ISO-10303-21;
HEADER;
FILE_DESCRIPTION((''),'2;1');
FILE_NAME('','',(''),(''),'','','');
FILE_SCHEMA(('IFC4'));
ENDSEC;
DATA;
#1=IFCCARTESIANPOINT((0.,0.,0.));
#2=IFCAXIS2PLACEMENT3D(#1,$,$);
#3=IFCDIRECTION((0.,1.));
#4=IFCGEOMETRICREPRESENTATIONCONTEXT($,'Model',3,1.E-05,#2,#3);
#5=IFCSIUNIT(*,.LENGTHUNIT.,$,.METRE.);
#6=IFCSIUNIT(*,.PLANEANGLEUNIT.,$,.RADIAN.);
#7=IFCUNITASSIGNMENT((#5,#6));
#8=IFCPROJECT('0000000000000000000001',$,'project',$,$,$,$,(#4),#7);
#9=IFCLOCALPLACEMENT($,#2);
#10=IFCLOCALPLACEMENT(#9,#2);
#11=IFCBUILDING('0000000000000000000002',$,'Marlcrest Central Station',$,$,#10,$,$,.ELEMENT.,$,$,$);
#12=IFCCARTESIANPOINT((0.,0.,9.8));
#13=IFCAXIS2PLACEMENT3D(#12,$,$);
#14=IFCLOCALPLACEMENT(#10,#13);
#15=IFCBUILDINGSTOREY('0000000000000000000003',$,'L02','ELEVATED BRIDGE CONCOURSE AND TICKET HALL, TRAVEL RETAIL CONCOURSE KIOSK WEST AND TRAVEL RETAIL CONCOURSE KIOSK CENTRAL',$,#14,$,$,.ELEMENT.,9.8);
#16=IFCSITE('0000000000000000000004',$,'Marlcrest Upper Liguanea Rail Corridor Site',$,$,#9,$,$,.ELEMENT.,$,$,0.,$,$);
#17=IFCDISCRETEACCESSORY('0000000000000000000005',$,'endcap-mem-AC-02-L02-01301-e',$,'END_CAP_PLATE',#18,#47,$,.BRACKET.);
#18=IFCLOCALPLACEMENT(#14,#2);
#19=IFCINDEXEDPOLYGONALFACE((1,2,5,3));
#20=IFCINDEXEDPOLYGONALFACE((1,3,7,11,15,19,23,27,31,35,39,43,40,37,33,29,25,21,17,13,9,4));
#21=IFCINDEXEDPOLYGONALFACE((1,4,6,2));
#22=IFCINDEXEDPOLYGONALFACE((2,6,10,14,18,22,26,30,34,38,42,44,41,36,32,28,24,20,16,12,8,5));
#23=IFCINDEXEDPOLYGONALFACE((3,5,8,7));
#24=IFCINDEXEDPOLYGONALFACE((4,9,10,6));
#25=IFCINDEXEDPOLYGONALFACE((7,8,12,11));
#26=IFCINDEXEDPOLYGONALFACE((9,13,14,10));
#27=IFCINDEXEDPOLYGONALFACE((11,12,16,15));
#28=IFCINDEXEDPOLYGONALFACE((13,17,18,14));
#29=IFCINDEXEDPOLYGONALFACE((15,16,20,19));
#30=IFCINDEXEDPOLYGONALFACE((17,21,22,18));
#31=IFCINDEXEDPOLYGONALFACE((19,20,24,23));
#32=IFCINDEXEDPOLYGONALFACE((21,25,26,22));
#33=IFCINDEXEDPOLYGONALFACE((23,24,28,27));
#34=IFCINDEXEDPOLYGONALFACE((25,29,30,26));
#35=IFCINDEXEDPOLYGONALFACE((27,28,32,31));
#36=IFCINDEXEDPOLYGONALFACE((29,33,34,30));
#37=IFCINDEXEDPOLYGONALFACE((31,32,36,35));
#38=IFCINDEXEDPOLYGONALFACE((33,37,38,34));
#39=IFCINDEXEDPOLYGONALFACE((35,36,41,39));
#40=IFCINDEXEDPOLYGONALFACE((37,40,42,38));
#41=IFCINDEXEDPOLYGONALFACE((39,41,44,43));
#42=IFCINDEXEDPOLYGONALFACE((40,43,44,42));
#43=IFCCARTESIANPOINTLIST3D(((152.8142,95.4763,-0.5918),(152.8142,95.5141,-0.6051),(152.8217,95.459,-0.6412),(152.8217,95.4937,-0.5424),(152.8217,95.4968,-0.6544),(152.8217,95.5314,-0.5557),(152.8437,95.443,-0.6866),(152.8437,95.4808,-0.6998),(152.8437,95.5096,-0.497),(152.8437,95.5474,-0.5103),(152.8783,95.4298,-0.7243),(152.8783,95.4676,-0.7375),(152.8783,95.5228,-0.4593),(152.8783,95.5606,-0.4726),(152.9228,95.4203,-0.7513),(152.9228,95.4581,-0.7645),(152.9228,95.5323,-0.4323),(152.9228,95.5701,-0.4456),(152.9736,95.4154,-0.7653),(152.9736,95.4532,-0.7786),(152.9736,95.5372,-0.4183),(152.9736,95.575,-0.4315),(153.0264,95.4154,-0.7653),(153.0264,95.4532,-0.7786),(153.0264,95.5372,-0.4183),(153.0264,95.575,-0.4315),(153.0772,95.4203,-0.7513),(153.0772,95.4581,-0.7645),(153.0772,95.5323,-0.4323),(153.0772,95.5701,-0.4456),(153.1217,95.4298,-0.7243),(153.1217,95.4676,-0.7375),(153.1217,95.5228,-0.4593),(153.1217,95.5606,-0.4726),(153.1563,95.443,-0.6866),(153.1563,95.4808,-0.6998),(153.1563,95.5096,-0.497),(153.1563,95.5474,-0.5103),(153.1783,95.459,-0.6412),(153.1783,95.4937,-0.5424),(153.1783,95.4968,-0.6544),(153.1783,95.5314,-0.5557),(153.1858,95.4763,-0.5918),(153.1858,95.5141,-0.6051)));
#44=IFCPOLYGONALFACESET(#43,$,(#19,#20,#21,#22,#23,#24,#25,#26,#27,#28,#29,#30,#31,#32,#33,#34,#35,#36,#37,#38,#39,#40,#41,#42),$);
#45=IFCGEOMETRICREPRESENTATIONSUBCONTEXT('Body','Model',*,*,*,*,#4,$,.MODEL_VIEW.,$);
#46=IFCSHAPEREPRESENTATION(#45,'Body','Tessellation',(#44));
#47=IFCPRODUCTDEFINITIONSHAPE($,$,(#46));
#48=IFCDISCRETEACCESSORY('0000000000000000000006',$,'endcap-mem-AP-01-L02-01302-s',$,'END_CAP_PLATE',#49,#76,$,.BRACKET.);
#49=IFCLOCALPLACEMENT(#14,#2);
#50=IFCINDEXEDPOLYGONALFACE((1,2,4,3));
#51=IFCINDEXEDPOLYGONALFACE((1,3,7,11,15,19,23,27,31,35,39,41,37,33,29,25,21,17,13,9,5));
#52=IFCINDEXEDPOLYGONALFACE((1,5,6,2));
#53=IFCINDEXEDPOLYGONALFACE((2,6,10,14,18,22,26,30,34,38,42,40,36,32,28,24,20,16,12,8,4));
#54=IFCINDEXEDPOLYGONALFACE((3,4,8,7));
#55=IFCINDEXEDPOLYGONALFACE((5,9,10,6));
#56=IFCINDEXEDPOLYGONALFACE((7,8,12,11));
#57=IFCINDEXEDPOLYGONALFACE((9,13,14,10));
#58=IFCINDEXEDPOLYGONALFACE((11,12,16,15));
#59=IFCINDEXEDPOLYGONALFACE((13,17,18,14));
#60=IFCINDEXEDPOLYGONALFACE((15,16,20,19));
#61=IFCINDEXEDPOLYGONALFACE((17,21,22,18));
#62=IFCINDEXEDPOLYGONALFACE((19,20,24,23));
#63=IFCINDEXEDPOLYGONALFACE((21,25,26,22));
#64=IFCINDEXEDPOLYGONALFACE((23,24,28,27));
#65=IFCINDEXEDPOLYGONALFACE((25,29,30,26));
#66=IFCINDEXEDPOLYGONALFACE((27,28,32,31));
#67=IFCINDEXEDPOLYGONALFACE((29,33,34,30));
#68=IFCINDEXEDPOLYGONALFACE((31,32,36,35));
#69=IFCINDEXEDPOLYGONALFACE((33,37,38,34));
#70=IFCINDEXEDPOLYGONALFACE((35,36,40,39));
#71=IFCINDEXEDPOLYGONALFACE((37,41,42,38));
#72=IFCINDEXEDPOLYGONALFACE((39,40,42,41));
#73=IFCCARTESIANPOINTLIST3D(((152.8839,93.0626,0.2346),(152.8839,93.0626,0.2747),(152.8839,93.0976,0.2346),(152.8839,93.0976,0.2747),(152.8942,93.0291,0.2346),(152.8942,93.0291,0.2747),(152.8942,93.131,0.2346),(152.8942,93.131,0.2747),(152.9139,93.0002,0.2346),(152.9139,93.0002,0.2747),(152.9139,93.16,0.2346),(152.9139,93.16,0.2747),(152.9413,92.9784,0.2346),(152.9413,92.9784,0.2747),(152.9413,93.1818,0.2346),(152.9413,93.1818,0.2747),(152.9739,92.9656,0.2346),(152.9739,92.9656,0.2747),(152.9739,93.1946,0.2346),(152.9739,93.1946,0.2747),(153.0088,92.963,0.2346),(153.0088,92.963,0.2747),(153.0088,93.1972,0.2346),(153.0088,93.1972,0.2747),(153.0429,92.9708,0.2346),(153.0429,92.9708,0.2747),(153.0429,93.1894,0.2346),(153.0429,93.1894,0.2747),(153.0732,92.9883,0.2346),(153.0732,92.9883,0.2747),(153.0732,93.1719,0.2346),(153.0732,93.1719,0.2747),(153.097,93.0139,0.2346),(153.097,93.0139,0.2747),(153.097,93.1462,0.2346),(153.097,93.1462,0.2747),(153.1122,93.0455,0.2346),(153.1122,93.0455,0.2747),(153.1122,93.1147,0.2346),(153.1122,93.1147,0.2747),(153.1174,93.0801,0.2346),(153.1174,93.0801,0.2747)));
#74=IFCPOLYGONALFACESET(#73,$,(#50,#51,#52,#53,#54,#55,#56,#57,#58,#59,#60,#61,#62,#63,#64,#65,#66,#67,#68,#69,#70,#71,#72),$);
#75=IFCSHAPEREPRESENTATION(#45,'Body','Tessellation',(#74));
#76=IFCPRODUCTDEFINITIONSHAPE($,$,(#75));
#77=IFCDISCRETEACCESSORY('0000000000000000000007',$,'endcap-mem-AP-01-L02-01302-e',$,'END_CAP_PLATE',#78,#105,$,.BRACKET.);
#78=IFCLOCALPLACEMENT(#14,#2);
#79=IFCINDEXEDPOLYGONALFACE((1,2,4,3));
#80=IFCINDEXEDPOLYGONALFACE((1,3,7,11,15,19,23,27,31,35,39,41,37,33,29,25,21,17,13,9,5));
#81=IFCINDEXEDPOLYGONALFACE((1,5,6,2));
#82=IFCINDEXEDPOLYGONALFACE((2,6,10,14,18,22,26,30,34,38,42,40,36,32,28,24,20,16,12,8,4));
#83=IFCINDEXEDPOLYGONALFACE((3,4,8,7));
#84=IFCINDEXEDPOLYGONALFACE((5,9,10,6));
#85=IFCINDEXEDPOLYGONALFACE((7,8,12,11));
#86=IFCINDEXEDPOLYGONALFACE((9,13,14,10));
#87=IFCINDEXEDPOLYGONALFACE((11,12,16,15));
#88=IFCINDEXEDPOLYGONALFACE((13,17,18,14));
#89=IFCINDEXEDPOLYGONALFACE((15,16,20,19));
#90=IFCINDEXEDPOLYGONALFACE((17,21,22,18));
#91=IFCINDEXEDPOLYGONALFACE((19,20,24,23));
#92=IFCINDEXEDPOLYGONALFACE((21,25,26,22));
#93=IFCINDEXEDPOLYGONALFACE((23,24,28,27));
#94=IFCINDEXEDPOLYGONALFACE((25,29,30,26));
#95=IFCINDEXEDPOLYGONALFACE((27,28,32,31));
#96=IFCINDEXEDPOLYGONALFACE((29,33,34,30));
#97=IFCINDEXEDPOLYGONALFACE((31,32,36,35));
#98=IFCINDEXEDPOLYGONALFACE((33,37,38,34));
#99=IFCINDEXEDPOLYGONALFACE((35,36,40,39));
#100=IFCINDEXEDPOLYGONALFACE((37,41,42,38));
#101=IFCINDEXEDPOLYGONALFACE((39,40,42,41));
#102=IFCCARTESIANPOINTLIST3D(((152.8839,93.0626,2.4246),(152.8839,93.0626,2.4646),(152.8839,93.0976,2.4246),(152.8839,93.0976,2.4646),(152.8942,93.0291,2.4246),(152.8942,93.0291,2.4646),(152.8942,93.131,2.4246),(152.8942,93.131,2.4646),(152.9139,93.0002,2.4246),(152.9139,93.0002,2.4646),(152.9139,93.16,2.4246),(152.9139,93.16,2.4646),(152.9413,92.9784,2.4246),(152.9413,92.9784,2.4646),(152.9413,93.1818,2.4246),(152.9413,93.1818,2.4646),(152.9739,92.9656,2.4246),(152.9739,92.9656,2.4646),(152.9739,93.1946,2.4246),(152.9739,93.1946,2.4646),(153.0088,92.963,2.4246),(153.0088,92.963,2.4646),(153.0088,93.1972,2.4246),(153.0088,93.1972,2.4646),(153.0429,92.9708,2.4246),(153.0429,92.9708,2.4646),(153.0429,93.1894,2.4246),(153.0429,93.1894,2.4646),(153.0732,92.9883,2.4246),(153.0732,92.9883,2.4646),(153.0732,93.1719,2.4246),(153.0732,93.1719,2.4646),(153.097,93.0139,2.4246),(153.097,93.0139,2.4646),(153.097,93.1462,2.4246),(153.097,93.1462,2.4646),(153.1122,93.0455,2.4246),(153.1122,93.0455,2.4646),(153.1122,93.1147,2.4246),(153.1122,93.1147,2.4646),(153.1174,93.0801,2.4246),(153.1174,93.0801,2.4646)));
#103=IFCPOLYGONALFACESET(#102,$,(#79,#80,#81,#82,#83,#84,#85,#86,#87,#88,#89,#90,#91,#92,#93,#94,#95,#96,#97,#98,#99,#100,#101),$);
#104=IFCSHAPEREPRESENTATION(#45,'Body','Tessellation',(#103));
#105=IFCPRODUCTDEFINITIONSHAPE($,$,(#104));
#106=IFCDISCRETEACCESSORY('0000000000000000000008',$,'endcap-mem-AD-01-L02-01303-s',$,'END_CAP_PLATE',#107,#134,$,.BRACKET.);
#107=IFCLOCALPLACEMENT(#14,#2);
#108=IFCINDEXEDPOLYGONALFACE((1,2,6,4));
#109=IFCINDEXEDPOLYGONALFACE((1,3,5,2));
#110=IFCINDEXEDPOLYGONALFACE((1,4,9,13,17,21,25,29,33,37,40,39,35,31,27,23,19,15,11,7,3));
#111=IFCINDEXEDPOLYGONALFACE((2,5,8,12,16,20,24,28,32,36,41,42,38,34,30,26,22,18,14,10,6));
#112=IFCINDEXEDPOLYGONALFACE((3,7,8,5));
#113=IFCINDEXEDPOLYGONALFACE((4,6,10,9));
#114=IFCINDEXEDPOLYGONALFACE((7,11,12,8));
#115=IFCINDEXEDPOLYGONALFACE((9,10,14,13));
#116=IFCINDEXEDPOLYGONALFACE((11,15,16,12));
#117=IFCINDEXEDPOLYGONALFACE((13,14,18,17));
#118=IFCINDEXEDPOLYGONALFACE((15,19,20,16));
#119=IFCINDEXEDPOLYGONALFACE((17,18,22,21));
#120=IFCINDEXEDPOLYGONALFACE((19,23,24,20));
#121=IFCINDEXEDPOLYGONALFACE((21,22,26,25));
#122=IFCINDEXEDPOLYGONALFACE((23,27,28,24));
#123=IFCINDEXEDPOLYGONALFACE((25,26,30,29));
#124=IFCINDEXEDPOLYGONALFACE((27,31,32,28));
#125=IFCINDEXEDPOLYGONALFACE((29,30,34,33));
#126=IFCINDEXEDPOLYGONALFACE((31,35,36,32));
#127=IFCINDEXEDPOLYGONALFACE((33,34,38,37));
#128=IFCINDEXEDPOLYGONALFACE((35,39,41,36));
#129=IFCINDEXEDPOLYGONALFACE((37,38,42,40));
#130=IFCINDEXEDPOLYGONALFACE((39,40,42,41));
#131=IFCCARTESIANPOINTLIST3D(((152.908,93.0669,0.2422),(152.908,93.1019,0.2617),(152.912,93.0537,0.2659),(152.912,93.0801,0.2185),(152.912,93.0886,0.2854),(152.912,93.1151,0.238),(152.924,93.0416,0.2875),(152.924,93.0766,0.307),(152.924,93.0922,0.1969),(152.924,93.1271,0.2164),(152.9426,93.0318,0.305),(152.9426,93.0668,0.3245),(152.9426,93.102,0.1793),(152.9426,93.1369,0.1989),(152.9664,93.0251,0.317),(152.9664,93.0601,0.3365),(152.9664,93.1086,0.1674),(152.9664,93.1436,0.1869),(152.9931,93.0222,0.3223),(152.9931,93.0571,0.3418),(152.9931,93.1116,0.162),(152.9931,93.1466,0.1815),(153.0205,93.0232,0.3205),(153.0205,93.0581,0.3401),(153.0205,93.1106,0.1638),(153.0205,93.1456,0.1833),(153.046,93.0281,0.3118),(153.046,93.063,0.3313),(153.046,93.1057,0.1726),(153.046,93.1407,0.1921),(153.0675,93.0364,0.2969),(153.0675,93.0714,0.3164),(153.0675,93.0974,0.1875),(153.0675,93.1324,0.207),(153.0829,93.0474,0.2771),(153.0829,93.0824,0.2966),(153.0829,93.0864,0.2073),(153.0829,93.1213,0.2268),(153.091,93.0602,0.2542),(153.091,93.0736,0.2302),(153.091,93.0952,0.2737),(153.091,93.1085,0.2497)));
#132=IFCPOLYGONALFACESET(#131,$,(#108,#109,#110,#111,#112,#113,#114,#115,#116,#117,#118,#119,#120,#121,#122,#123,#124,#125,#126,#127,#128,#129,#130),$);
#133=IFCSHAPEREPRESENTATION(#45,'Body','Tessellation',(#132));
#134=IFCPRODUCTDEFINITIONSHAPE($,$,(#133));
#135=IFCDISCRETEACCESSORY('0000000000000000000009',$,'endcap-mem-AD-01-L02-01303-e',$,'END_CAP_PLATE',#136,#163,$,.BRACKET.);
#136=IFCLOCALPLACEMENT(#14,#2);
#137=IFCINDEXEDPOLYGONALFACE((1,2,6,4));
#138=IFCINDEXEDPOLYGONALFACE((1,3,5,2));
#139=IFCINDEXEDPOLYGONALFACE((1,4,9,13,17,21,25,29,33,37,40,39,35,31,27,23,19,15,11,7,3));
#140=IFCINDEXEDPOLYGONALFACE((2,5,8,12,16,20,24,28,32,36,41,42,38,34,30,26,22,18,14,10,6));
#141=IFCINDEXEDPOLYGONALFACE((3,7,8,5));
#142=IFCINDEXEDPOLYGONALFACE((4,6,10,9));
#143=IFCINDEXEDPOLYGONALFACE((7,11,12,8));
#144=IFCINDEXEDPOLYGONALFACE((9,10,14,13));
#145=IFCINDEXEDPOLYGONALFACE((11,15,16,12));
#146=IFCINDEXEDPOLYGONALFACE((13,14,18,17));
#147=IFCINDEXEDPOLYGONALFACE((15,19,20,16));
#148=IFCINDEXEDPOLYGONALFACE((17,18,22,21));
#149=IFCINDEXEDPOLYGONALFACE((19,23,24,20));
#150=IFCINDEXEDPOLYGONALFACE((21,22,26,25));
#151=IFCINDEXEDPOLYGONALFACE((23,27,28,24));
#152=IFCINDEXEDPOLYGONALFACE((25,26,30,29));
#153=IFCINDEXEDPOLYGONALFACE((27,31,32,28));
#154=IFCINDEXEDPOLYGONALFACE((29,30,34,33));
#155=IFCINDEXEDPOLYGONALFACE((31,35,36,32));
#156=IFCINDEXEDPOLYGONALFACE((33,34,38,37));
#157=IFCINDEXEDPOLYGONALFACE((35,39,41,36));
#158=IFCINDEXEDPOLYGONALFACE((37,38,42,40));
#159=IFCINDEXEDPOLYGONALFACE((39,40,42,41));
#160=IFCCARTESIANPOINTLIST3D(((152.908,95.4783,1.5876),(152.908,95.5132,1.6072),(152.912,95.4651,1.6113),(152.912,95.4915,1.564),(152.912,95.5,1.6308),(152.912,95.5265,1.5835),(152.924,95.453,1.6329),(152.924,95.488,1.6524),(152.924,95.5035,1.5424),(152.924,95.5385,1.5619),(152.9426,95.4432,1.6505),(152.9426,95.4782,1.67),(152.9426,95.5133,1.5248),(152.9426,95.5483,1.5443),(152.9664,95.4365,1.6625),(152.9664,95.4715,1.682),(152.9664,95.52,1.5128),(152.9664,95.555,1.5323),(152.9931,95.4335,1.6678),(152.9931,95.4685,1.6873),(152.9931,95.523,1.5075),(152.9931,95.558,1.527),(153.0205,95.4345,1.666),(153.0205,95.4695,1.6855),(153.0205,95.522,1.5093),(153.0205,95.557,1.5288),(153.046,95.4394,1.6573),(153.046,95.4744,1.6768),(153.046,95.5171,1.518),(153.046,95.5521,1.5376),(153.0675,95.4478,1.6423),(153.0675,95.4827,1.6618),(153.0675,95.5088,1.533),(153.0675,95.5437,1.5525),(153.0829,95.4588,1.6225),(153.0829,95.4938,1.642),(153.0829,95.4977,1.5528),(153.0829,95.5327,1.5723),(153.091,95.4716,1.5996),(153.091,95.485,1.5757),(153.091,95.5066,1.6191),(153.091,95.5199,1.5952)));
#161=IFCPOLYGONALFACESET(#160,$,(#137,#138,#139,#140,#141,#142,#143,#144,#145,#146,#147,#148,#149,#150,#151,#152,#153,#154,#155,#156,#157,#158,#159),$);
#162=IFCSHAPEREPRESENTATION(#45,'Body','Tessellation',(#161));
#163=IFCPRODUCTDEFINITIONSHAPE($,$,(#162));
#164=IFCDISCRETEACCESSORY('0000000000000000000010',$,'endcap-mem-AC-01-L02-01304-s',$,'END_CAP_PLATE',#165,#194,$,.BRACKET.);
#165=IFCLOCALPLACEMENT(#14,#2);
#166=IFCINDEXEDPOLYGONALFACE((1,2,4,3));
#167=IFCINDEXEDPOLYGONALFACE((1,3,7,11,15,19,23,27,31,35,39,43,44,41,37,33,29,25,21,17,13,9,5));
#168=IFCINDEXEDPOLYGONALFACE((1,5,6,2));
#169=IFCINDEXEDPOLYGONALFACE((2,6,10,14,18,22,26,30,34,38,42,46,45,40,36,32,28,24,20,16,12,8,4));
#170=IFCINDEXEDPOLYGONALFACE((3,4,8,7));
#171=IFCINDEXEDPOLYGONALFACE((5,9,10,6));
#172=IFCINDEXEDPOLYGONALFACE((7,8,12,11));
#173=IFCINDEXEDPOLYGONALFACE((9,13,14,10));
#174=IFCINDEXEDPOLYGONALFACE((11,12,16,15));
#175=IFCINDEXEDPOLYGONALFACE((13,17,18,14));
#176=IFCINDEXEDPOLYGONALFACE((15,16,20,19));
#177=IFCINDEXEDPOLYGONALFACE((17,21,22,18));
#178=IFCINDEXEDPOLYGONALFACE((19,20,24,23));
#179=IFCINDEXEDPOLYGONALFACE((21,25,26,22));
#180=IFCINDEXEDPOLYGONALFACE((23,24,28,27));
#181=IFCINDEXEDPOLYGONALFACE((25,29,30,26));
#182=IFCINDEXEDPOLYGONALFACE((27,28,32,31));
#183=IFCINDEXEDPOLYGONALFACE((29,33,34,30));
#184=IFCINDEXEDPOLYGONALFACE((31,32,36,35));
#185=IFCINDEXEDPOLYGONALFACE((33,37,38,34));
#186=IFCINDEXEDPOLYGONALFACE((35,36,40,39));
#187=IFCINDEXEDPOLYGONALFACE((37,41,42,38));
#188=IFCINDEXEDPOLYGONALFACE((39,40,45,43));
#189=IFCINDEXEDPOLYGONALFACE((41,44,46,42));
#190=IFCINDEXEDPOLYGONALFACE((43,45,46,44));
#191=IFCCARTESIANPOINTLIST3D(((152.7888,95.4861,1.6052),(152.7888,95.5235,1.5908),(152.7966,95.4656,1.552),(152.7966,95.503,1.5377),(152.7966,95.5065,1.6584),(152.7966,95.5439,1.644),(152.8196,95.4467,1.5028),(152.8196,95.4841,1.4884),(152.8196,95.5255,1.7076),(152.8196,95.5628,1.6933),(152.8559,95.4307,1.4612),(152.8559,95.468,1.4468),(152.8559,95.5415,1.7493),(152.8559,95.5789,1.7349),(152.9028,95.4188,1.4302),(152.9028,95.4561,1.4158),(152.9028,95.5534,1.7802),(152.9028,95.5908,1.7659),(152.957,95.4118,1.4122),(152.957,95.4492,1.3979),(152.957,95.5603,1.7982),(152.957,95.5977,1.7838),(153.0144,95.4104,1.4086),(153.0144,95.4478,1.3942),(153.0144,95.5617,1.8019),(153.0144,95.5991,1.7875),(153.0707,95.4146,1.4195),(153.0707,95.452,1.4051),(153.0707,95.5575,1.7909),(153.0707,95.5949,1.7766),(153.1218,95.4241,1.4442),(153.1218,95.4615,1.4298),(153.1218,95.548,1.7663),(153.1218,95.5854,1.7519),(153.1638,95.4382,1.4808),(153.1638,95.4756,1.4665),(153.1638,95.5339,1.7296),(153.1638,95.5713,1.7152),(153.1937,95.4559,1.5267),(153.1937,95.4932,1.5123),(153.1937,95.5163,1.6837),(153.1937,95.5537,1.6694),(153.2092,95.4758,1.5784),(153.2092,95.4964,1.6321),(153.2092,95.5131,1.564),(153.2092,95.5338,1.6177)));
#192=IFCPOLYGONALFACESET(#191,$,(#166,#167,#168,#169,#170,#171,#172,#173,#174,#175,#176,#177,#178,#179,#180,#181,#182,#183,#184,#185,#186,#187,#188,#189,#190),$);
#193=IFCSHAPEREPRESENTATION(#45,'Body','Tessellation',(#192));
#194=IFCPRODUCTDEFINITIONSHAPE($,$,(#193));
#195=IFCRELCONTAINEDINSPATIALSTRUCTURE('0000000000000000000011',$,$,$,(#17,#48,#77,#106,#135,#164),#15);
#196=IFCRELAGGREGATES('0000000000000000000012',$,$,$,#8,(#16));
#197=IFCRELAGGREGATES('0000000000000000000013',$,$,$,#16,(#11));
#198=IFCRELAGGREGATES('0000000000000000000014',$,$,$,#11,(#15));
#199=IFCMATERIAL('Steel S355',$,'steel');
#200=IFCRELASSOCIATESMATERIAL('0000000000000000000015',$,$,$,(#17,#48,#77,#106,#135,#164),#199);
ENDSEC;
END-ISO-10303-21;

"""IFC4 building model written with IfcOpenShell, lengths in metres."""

from ifc_helpers import new_model, si_unit, direction, frame, origin, origin_2d, place, context, subcontext, project, spatial, circle, extrude, material, element, save


model = new_model("IFC4")

# Units and contexts
model_context = context("Model", 3, precision=1e-05, world=origin(), true_north=direction((0.0, 1.0)))
body_context = subcontext(model_context, "Body", "Model", "MODEL_VIEW")
ifc_project = project(units=[si_unit("LENGTHUNIT", "METRE"), si_unit("PLANEANGLEUNIT", "RADIAN")], contexts=[model_context])

# Site, building, storey
site_placement = place(None, origin())
site = spatial("IfcSite", under=ifc_project, at=site_placement, Name="Marlcrest Upper Liguanea Rail Corridor Site", CompositionType="ELEMENT", RefElevation=0.0)
building_placement = place(site_placement, origin())
building = spatial("IfcBuilding", under=site, at=building_placement, Name="Marlcrest Central Station", CompositionType="ELEMENT")
storey_placement = place(building_placement, frame((0.0, 0.0, 9.8)))
storey = spatial("IfcBuildingStorey", under=building, at=storey_placement, Name="L02", Description="ELEVATED BRIDGE CONCOURSE AND TICKET HALL, TRAVEL RETAIL CONCOURSE KIOSK WEST AND TRAVEL RETAIL CONCOURSE KIOSK CENTRAL", CompositionType="ELEMENT", Elevation=9.8)

# Shared definitions
ifc_material_1 = material(Name="Steel S355", Category="steel")

# Discrete accessories
for number, where, z_axis, x_axis, name in (
    (1, (153.0, 95.4763, -0.5918), (0.0, 0.943537, -0.331266), (-1.0, 0.0, 0.0), "endcap-mem-AC-02-L02-01301-e"),
):
    element("IfcDiscreteAccessory", number, at=place(storey_placement, frame(where, z_axis=z_axis, x_axis=x_axis)), inside=storey, material=ifc_material_1, Name=name, ObjectType="END_CAP_PLATE", PredefinedType="BRACKET", context=body_context, shape_type="SweptSolid", body=[
        extrude(circle(Radius=0.1858, at=origin_2d()), origin(), (0.0, 0.0, 1.0), 0.04),
    ])
for number, where, z_axis, x_axis, name in (
    (2, (153.0, 93.0801, 0.2346), (0.0, 0.0, 1.0), (1.0, 0.0, 0.0), "endcap-mem-AP-01-L02-01302-s"),
    (3, (153.0, 93.0801, 2.4246), (0.0, 0.0, 1.0), (1.0, 0.0, 0.0), "endcap-mem-AP-01-L02-01302-e"),
):
    element("IfcDiscreteAccessory", number, at=place(storey_placement, frame(where, z_axis=z_axis, x_axis=x_axis)), inside=storey, material=ifc_material_1, Name=name, ObjectType="END_CAP_PLATE", PredefinedType="BRACKET", context=body_context, shape_type="SweptSolid", body=[
        extrude(circle(Radius=0.1174, at=origin_2d()), origin(), (0.0, 0.0, 1.0), 0.04),
    ])
for number, where, z_axis, x_axis, name in (
    (4, (153.0, 93.0669, 0.2422), (0.0, 0.873246, 0.48728), (-1.0, 0.0, 0.0), "endcap-mem-AD-01-L02-01303-s"),
    (5, (153.0, 95.4783, 1.5876), (0.0, 0.873246, 0.48728), (-1.0, 0.0, 0.0), "endcap-mem-AD-01-L02-01303-e"),
):
    element("IfcDiscreteAccessory", number, at=place(storey_placement, frame(where, z_axis=z_axis, x_axis=x_axis)), inside=storey, material=ifc_material_1, Name=name, ObjectType="END_CAP_PLATE", PredefinedType="BRACKET", context=body_context, shape_type="SweptSolid", body=[
        extrude(circle(Radius=0.092, at=origin_2d()), origin(), (0.0, 0.0, 1.0), 0.04),
    ])
for number, where, z_axis, x_axis, name in (
    (6, (153.0, 95.4861, 1.6052), (0.0, 0.933324, -0.359035), (-1.0, 0.0, 0.0), "endcap-mem-AC-01-L02-01304-s"),
):
    element("IfcDiscreteAccessory", number, at=place(storey_placement, frame(where, z_axis=z_axis, x_axis=x_axis)), inside=storey, material=ifc_material_1, Name=name, ObjectType="END_CAP_PLATE", PredefinedType="BRACKET", context=body_context, shape_type="SweptSolid", body=[
        extrude(circle(Radius=0.2112, at=origin_2d()), origin(), (0.0, 0.0, 1.0), 0.04),
    ])

save(model, "model.ifc")
